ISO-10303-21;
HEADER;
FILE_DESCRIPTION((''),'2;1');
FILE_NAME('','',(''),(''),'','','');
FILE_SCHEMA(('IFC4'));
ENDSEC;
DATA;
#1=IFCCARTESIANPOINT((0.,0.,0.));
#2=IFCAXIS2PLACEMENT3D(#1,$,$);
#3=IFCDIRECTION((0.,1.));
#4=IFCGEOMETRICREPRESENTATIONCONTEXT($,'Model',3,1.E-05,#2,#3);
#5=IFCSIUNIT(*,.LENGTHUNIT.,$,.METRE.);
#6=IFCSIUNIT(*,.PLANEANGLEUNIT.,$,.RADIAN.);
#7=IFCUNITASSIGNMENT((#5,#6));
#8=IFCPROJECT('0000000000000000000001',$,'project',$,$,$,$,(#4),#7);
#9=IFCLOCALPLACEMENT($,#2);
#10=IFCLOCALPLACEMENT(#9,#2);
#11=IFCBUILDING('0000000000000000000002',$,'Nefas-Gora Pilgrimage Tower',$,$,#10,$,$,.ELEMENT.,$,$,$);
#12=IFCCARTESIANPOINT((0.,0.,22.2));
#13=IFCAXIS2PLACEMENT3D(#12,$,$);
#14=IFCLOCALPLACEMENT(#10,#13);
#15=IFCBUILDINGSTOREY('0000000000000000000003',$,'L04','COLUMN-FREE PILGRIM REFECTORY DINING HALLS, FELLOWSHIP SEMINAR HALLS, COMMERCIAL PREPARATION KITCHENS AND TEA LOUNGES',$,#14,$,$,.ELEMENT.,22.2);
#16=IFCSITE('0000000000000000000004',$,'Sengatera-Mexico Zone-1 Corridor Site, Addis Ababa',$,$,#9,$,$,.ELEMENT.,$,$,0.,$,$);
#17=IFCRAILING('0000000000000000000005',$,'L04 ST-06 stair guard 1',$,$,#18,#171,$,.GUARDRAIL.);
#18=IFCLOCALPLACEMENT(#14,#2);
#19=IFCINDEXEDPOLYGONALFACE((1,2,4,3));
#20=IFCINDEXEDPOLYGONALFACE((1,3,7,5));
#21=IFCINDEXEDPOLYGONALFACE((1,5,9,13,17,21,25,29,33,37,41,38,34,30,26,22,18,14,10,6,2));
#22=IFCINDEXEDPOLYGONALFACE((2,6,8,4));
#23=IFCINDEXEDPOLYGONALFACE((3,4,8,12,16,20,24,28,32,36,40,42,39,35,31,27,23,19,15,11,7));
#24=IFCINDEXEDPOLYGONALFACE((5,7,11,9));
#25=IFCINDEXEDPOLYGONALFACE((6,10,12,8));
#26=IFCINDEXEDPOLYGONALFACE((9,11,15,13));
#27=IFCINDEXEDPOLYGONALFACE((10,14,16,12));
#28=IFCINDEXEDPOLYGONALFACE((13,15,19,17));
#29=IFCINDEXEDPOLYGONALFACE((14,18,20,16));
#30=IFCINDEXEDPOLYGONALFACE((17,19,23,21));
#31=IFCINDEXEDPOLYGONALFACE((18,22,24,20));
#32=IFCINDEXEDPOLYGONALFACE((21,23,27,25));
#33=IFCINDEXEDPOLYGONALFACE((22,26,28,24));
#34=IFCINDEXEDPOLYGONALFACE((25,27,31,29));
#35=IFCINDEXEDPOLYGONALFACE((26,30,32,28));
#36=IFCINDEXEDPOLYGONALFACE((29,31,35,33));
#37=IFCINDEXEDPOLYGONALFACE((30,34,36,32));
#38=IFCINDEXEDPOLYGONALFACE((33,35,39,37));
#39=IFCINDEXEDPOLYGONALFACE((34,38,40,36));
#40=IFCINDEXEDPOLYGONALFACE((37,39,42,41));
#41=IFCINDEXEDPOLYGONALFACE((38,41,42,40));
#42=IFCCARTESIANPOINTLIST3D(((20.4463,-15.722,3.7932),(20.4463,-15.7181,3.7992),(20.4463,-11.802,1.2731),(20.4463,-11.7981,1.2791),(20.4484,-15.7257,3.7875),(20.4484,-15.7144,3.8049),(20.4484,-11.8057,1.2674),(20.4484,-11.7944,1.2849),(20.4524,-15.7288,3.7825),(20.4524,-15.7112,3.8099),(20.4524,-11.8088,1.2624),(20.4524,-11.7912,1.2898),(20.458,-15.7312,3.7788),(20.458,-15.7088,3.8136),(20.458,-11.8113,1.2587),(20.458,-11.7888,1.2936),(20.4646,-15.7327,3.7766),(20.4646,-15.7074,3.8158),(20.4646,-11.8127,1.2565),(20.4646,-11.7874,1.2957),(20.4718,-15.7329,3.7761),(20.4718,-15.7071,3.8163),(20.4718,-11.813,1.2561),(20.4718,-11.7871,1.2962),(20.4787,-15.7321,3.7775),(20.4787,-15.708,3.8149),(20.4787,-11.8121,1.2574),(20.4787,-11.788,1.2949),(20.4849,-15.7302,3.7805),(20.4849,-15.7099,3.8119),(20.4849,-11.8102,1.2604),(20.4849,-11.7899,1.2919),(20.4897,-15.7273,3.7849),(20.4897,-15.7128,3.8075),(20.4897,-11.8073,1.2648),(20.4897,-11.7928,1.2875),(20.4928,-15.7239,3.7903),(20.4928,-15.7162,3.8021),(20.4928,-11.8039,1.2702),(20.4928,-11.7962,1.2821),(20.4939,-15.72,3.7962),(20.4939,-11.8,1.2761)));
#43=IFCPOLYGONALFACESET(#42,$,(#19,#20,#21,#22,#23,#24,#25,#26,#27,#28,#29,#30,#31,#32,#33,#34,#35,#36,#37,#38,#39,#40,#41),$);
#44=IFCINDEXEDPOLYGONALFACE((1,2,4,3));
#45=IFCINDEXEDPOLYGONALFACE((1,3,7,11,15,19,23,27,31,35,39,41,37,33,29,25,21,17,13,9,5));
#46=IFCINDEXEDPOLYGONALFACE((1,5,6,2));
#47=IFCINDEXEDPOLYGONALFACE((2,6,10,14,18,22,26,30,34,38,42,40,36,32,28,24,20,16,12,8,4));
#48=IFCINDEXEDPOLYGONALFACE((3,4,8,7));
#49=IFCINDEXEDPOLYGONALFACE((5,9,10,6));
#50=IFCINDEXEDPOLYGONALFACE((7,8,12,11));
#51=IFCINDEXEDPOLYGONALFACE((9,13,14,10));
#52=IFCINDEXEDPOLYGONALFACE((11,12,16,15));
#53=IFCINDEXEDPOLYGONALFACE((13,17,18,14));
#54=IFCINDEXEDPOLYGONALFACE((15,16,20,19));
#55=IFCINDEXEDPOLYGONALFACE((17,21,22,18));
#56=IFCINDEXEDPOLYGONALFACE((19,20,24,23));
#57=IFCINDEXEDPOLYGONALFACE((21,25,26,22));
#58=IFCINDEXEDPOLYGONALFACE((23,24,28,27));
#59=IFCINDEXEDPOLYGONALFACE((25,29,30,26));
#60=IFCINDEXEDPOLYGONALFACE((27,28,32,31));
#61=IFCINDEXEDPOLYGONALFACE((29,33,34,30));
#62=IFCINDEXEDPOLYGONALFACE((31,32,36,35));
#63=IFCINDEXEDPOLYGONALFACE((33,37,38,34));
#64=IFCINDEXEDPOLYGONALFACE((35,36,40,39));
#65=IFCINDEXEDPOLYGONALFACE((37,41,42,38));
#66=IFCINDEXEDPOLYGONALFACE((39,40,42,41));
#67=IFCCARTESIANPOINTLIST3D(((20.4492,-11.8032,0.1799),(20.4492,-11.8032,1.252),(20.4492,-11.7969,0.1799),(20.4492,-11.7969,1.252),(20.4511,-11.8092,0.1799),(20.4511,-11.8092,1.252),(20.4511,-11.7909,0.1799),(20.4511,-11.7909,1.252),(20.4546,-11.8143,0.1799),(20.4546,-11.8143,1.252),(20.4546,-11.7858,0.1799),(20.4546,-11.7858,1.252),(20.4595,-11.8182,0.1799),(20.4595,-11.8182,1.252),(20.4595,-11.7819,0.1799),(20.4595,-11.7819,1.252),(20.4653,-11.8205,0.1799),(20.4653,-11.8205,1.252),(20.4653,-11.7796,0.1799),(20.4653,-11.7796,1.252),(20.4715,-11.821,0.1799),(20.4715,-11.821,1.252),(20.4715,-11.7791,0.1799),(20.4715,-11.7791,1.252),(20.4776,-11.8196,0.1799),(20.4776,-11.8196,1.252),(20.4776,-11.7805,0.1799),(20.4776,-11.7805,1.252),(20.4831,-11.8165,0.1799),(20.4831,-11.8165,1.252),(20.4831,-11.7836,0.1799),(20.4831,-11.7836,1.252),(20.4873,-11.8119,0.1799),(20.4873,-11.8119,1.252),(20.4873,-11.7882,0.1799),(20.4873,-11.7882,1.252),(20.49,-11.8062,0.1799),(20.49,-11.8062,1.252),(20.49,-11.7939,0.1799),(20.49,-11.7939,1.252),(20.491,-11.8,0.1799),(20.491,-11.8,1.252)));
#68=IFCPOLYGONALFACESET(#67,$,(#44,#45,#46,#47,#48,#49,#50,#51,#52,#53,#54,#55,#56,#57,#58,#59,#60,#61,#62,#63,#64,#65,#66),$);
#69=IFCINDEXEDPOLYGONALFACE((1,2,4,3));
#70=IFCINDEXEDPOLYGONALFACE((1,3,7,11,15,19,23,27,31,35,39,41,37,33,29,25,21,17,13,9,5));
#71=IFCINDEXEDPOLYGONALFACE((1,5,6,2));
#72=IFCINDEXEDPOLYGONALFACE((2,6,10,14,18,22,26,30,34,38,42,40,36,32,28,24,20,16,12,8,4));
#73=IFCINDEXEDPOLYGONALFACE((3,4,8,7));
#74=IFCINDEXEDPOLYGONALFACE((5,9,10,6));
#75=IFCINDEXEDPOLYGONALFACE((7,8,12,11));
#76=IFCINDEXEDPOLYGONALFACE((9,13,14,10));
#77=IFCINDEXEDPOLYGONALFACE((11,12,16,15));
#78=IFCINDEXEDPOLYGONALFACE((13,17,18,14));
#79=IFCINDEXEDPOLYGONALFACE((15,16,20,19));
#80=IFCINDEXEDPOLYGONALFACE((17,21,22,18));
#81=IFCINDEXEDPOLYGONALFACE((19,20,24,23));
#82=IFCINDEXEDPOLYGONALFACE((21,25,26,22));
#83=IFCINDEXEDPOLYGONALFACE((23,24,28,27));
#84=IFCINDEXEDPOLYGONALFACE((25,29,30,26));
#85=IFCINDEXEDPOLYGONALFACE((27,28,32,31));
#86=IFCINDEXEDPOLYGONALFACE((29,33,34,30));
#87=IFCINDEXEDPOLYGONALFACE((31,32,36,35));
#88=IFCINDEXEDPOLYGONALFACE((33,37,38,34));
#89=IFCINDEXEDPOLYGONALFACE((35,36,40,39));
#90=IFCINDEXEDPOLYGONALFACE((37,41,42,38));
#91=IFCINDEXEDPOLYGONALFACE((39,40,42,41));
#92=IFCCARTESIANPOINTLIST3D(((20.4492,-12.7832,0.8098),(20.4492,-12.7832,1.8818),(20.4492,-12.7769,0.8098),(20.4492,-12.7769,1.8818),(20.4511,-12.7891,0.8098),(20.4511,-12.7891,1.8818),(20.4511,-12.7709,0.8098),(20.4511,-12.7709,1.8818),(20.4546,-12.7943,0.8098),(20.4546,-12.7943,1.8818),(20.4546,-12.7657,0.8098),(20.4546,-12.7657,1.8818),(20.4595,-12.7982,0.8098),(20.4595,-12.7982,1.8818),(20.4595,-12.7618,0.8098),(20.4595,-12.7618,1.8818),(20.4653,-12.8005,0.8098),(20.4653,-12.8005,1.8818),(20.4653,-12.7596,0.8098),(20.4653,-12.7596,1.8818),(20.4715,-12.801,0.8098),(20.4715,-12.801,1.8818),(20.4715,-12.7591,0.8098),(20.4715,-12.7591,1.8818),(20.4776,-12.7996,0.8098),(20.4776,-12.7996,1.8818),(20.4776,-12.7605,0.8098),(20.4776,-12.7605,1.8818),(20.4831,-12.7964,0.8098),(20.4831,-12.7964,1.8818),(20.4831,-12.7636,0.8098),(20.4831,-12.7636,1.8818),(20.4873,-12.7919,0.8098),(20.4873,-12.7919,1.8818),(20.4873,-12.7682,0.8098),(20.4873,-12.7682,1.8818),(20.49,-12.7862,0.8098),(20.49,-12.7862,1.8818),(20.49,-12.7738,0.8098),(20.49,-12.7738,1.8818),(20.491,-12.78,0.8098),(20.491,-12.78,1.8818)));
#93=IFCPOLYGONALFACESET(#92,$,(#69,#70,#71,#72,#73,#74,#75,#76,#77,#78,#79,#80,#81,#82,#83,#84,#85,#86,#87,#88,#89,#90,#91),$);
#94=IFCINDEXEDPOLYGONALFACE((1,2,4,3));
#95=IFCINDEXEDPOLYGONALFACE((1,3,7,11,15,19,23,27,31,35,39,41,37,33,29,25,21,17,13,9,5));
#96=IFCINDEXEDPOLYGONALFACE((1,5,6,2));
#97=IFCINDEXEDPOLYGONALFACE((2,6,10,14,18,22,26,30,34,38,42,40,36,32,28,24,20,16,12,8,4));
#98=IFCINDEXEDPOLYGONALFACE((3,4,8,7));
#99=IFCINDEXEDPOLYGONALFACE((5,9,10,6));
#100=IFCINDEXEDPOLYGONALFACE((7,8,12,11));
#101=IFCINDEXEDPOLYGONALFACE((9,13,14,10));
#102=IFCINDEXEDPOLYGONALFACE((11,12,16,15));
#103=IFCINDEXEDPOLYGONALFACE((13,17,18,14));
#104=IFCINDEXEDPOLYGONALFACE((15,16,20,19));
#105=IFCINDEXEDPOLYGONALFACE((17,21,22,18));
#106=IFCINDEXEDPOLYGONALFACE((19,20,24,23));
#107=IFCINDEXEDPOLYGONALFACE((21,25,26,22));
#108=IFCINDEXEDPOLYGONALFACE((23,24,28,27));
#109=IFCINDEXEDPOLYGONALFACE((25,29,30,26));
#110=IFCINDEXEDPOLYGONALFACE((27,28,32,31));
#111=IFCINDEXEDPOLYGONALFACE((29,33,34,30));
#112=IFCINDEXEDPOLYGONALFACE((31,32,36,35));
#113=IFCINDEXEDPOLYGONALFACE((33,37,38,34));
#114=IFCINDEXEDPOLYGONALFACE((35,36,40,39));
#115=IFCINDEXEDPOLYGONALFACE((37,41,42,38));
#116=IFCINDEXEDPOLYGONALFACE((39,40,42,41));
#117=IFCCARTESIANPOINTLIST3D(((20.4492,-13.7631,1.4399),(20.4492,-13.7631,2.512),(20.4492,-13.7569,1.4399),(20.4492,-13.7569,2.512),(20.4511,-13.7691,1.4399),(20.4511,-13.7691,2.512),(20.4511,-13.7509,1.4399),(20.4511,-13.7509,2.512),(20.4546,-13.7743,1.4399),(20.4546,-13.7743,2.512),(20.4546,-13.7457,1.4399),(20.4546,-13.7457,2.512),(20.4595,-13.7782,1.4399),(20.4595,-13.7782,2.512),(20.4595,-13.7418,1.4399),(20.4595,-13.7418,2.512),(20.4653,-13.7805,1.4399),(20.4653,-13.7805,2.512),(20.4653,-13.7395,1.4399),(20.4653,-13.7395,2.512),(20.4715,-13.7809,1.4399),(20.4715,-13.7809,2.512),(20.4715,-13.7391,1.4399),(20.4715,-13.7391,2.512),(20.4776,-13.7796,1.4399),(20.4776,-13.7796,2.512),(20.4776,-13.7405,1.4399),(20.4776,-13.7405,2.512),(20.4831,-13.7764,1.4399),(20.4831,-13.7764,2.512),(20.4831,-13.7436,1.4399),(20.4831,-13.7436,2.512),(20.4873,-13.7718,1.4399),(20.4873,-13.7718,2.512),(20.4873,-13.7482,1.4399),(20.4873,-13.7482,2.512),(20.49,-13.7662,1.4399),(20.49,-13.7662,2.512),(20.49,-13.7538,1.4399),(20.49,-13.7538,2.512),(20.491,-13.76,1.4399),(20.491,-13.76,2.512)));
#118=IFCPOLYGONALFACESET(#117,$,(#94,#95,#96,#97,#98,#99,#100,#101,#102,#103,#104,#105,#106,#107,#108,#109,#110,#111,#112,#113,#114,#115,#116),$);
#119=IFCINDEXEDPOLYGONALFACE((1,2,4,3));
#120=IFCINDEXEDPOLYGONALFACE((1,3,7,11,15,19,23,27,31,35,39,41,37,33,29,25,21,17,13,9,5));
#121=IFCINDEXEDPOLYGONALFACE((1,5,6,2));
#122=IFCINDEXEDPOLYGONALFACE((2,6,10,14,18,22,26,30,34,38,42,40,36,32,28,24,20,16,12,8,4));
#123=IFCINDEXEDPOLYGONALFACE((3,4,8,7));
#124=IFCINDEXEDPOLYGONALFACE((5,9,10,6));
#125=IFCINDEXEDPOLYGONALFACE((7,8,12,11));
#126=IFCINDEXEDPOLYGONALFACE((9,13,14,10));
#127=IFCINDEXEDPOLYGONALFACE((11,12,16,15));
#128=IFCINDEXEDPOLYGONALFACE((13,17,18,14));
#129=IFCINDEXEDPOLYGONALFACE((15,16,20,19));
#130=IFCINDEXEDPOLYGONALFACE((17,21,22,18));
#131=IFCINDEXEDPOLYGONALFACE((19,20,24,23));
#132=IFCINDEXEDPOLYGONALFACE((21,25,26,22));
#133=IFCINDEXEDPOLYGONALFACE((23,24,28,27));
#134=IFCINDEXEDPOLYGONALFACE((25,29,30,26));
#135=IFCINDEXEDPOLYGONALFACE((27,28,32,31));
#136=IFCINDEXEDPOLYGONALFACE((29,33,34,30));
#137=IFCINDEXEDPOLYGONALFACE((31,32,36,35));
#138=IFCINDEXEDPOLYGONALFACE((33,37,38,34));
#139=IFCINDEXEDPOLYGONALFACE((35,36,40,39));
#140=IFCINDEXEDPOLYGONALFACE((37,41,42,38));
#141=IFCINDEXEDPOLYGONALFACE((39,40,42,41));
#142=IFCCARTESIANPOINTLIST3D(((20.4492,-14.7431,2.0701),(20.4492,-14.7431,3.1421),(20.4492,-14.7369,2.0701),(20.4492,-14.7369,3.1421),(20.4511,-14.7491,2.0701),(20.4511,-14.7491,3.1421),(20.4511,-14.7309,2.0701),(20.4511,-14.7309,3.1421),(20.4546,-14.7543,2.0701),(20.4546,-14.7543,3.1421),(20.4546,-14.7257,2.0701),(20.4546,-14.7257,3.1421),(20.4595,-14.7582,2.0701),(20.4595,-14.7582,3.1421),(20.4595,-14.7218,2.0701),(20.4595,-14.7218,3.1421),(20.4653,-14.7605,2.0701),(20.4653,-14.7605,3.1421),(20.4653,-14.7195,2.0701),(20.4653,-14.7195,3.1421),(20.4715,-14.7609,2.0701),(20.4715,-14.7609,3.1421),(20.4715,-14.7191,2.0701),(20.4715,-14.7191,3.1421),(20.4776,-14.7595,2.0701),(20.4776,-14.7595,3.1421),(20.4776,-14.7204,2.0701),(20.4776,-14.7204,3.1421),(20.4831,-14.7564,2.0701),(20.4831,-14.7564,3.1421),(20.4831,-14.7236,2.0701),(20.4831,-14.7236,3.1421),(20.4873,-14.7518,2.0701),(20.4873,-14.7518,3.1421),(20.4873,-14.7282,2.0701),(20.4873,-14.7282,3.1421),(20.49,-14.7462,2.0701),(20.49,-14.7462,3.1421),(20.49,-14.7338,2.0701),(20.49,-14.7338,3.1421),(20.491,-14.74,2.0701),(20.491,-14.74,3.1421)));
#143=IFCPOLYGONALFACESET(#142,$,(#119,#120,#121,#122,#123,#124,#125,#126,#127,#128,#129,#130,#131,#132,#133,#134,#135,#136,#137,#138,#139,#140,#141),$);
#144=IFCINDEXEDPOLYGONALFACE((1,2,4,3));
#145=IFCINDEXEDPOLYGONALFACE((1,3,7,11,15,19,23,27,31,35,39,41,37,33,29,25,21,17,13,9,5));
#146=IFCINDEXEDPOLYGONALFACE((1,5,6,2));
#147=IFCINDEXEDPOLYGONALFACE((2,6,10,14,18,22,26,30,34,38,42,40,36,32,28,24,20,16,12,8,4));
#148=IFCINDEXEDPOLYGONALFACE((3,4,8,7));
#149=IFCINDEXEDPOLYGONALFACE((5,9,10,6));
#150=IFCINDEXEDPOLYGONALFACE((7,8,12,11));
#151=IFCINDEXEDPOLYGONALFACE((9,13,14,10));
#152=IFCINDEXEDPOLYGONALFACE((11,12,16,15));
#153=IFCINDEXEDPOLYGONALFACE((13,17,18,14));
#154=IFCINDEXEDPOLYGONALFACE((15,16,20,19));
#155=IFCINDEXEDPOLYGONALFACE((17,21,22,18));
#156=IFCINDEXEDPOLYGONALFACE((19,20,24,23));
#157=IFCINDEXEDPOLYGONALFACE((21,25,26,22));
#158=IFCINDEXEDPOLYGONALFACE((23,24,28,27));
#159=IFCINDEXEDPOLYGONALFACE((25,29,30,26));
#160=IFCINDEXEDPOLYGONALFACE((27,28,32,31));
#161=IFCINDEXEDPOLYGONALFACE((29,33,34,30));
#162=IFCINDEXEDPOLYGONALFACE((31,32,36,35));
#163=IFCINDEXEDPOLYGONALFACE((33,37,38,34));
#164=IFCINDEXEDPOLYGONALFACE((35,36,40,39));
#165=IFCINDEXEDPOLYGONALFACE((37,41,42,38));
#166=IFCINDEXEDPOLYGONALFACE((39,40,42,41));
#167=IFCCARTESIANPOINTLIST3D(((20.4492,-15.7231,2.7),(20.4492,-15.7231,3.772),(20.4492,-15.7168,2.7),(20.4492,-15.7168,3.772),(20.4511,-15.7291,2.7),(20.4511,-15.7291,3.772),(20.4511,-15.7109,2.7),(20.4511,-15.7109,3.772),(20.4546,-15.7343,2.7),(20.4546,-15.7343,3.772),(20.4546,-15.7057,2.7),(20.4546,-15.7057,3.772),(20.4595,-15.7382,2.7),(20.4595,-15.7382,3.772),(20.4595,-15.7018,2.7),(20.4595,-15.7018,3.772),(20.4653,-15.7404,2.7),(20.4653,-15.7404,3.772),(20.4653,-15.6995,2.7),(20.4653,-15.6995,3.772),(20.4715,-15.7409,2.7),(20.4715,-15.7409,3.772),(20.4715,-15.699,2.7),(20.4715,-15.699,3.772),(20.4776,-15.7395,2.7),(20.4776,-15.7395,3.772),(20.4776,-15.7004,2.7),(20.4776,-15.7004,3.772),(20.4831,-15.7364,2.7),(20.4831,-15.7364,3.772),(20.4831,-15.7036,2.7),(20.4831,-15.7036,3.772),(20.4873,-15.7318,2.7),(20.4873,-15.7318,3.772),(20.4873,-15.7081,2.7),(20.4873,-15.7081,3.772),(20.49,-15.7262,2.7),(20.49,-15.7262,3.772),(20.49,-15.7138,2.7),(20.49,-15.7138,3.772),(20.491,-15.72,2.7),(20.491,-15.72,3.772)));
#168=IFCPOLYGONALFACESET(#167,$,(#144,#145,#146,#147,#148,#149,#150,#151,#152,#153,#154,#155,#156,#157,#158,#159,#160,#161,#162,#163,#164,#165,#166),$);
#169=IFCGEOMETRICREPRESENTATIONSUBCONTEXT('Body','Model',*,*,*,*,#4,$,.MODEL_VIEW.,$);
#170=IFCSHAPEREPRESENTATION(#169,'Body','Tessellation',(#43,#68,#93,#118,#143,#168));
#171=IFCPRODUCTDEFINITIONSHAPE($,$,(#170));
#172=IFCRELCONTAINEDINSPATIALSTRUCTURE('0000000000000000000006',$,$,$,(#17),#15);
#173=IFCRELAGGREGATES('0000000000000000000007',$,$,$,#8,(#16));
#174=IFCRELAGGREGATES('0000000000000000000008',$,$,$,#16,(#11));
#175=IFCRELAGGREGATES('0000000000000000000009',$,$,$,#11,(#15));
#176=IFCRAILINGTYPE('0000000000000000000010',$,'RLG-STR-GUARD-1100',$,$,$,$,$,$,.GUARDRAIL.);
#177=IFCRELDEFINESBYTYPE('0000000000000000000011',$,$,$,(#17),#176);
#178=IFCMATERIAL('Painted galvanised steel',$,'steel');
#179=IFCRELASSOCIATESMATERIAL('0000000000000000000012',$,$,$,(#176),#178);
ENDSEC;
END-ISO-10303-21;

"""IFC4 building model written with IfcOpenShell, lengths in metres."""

from ifc_helpers import new_model, si_unit, direction, frame, origin, origin_2d, place, context, subcontext, project, spatial, circle, extrude, material, type_object, element, save


model = new_model("IFC4")

# Units and contexts
model_context = context("Model", 3, precision=1e-05, world=origin(), true_north=direction((0.0, 1.0)))
body_context = subcontext(model_context, "Body", "Model", "MODEL_VIEW")
ifc_project = project(units=[si_unit("LENGTHUNIT", "METRE"), si_unit("PLANEANGLEUNIT", "RADIAN")], contexts=[model_context])

# Site, building, storey
site_placement = place(None, origin())
site = spatial("IfcSite", under=ifc_project, at=site_placement, Name="Sengatera-Mexico Zone-1 Corridor Site, Addis Ababa", CompositionType="ELEMENT", RefElevation=0.0)
building_placement = place(site_placement, origin())
building = spatial("IfcBuilding", under=site, at=building_placement, Name="Nefas-Gora Pilgrimage Tower", CompositionType="ELEMENT")
storey_placement = place(building_placement, frame((0.0, 0.0, 22.2)))
storey = spatial("IfcBuildingStorey", under=building, at=storey_placement, Name="L04", Description="COLUMN-FREE PILGRIM REFECTORY DINING HALLS, FELLOWSHIP SEMINAR HALLS, COMMERCIAL PREPARATION KITCHENS AND TEA LOUNGES", CompositionType="ELEMENT", Elevation=22.2)

# Railing
ifc_material_1 = material(Name="Painted galvanised steel", Category="steel")
railing_type_1 = type_object("IfcRailingType", Name="RLG-STR-GUARD-1100", PredefinedType="GUARDRAIL", material=ifc_material_1)
railing_1_placement = place(storey_placement, frame((20.47, -11.8, 0.1799)))
element("IfcRailing", 1, at=railing_1_placement, inside=storey, type_object=railing_type_1, Name="L04 ST-06 stair guard 1", PredefinedType="GUARDRAIL", context=body_context, shape_type="SweptSolid", body=[
    extrude(circle(Radius=0.0239, at=origin_2d()), frame((0.0, 0.0, 1.0962), z_axis=(0.0, -0.841172, 0.540768), x_axis=(1.0, 0.0, 0.0)), (0.0, 0.0, 1.0), 4.6602),
    extrude(circle(Radius=0.021, at=origin_2d()), origin(), (0.0, 0.0, 1.0), 1.072),
    extrude(circle(Radius=0.021, at=origin_2d()), frame((0.0, -0.98, 0.6299)), (0.0, 0.0, 1.0), 1.072),
    extrude(circle(Radius=0.021, at=origin_2d()), frame((0.0, -1.96, 1.26)), (0.0, 0.0, 1.0), 1.072),
    extrude(circle(Radius=0.021, at=origin_2d()), frame((0.0, -2.9399, 1.8901)), (0.0, 0.0, 1.0), 1.072),
    extrude(circle(Radius=0.021, at=origin_2d()), frame((0.0, -3.9199, 2.52)), (0.0, 0.0, 1.0), 1.072),
])

save(model, "model.ifc")
